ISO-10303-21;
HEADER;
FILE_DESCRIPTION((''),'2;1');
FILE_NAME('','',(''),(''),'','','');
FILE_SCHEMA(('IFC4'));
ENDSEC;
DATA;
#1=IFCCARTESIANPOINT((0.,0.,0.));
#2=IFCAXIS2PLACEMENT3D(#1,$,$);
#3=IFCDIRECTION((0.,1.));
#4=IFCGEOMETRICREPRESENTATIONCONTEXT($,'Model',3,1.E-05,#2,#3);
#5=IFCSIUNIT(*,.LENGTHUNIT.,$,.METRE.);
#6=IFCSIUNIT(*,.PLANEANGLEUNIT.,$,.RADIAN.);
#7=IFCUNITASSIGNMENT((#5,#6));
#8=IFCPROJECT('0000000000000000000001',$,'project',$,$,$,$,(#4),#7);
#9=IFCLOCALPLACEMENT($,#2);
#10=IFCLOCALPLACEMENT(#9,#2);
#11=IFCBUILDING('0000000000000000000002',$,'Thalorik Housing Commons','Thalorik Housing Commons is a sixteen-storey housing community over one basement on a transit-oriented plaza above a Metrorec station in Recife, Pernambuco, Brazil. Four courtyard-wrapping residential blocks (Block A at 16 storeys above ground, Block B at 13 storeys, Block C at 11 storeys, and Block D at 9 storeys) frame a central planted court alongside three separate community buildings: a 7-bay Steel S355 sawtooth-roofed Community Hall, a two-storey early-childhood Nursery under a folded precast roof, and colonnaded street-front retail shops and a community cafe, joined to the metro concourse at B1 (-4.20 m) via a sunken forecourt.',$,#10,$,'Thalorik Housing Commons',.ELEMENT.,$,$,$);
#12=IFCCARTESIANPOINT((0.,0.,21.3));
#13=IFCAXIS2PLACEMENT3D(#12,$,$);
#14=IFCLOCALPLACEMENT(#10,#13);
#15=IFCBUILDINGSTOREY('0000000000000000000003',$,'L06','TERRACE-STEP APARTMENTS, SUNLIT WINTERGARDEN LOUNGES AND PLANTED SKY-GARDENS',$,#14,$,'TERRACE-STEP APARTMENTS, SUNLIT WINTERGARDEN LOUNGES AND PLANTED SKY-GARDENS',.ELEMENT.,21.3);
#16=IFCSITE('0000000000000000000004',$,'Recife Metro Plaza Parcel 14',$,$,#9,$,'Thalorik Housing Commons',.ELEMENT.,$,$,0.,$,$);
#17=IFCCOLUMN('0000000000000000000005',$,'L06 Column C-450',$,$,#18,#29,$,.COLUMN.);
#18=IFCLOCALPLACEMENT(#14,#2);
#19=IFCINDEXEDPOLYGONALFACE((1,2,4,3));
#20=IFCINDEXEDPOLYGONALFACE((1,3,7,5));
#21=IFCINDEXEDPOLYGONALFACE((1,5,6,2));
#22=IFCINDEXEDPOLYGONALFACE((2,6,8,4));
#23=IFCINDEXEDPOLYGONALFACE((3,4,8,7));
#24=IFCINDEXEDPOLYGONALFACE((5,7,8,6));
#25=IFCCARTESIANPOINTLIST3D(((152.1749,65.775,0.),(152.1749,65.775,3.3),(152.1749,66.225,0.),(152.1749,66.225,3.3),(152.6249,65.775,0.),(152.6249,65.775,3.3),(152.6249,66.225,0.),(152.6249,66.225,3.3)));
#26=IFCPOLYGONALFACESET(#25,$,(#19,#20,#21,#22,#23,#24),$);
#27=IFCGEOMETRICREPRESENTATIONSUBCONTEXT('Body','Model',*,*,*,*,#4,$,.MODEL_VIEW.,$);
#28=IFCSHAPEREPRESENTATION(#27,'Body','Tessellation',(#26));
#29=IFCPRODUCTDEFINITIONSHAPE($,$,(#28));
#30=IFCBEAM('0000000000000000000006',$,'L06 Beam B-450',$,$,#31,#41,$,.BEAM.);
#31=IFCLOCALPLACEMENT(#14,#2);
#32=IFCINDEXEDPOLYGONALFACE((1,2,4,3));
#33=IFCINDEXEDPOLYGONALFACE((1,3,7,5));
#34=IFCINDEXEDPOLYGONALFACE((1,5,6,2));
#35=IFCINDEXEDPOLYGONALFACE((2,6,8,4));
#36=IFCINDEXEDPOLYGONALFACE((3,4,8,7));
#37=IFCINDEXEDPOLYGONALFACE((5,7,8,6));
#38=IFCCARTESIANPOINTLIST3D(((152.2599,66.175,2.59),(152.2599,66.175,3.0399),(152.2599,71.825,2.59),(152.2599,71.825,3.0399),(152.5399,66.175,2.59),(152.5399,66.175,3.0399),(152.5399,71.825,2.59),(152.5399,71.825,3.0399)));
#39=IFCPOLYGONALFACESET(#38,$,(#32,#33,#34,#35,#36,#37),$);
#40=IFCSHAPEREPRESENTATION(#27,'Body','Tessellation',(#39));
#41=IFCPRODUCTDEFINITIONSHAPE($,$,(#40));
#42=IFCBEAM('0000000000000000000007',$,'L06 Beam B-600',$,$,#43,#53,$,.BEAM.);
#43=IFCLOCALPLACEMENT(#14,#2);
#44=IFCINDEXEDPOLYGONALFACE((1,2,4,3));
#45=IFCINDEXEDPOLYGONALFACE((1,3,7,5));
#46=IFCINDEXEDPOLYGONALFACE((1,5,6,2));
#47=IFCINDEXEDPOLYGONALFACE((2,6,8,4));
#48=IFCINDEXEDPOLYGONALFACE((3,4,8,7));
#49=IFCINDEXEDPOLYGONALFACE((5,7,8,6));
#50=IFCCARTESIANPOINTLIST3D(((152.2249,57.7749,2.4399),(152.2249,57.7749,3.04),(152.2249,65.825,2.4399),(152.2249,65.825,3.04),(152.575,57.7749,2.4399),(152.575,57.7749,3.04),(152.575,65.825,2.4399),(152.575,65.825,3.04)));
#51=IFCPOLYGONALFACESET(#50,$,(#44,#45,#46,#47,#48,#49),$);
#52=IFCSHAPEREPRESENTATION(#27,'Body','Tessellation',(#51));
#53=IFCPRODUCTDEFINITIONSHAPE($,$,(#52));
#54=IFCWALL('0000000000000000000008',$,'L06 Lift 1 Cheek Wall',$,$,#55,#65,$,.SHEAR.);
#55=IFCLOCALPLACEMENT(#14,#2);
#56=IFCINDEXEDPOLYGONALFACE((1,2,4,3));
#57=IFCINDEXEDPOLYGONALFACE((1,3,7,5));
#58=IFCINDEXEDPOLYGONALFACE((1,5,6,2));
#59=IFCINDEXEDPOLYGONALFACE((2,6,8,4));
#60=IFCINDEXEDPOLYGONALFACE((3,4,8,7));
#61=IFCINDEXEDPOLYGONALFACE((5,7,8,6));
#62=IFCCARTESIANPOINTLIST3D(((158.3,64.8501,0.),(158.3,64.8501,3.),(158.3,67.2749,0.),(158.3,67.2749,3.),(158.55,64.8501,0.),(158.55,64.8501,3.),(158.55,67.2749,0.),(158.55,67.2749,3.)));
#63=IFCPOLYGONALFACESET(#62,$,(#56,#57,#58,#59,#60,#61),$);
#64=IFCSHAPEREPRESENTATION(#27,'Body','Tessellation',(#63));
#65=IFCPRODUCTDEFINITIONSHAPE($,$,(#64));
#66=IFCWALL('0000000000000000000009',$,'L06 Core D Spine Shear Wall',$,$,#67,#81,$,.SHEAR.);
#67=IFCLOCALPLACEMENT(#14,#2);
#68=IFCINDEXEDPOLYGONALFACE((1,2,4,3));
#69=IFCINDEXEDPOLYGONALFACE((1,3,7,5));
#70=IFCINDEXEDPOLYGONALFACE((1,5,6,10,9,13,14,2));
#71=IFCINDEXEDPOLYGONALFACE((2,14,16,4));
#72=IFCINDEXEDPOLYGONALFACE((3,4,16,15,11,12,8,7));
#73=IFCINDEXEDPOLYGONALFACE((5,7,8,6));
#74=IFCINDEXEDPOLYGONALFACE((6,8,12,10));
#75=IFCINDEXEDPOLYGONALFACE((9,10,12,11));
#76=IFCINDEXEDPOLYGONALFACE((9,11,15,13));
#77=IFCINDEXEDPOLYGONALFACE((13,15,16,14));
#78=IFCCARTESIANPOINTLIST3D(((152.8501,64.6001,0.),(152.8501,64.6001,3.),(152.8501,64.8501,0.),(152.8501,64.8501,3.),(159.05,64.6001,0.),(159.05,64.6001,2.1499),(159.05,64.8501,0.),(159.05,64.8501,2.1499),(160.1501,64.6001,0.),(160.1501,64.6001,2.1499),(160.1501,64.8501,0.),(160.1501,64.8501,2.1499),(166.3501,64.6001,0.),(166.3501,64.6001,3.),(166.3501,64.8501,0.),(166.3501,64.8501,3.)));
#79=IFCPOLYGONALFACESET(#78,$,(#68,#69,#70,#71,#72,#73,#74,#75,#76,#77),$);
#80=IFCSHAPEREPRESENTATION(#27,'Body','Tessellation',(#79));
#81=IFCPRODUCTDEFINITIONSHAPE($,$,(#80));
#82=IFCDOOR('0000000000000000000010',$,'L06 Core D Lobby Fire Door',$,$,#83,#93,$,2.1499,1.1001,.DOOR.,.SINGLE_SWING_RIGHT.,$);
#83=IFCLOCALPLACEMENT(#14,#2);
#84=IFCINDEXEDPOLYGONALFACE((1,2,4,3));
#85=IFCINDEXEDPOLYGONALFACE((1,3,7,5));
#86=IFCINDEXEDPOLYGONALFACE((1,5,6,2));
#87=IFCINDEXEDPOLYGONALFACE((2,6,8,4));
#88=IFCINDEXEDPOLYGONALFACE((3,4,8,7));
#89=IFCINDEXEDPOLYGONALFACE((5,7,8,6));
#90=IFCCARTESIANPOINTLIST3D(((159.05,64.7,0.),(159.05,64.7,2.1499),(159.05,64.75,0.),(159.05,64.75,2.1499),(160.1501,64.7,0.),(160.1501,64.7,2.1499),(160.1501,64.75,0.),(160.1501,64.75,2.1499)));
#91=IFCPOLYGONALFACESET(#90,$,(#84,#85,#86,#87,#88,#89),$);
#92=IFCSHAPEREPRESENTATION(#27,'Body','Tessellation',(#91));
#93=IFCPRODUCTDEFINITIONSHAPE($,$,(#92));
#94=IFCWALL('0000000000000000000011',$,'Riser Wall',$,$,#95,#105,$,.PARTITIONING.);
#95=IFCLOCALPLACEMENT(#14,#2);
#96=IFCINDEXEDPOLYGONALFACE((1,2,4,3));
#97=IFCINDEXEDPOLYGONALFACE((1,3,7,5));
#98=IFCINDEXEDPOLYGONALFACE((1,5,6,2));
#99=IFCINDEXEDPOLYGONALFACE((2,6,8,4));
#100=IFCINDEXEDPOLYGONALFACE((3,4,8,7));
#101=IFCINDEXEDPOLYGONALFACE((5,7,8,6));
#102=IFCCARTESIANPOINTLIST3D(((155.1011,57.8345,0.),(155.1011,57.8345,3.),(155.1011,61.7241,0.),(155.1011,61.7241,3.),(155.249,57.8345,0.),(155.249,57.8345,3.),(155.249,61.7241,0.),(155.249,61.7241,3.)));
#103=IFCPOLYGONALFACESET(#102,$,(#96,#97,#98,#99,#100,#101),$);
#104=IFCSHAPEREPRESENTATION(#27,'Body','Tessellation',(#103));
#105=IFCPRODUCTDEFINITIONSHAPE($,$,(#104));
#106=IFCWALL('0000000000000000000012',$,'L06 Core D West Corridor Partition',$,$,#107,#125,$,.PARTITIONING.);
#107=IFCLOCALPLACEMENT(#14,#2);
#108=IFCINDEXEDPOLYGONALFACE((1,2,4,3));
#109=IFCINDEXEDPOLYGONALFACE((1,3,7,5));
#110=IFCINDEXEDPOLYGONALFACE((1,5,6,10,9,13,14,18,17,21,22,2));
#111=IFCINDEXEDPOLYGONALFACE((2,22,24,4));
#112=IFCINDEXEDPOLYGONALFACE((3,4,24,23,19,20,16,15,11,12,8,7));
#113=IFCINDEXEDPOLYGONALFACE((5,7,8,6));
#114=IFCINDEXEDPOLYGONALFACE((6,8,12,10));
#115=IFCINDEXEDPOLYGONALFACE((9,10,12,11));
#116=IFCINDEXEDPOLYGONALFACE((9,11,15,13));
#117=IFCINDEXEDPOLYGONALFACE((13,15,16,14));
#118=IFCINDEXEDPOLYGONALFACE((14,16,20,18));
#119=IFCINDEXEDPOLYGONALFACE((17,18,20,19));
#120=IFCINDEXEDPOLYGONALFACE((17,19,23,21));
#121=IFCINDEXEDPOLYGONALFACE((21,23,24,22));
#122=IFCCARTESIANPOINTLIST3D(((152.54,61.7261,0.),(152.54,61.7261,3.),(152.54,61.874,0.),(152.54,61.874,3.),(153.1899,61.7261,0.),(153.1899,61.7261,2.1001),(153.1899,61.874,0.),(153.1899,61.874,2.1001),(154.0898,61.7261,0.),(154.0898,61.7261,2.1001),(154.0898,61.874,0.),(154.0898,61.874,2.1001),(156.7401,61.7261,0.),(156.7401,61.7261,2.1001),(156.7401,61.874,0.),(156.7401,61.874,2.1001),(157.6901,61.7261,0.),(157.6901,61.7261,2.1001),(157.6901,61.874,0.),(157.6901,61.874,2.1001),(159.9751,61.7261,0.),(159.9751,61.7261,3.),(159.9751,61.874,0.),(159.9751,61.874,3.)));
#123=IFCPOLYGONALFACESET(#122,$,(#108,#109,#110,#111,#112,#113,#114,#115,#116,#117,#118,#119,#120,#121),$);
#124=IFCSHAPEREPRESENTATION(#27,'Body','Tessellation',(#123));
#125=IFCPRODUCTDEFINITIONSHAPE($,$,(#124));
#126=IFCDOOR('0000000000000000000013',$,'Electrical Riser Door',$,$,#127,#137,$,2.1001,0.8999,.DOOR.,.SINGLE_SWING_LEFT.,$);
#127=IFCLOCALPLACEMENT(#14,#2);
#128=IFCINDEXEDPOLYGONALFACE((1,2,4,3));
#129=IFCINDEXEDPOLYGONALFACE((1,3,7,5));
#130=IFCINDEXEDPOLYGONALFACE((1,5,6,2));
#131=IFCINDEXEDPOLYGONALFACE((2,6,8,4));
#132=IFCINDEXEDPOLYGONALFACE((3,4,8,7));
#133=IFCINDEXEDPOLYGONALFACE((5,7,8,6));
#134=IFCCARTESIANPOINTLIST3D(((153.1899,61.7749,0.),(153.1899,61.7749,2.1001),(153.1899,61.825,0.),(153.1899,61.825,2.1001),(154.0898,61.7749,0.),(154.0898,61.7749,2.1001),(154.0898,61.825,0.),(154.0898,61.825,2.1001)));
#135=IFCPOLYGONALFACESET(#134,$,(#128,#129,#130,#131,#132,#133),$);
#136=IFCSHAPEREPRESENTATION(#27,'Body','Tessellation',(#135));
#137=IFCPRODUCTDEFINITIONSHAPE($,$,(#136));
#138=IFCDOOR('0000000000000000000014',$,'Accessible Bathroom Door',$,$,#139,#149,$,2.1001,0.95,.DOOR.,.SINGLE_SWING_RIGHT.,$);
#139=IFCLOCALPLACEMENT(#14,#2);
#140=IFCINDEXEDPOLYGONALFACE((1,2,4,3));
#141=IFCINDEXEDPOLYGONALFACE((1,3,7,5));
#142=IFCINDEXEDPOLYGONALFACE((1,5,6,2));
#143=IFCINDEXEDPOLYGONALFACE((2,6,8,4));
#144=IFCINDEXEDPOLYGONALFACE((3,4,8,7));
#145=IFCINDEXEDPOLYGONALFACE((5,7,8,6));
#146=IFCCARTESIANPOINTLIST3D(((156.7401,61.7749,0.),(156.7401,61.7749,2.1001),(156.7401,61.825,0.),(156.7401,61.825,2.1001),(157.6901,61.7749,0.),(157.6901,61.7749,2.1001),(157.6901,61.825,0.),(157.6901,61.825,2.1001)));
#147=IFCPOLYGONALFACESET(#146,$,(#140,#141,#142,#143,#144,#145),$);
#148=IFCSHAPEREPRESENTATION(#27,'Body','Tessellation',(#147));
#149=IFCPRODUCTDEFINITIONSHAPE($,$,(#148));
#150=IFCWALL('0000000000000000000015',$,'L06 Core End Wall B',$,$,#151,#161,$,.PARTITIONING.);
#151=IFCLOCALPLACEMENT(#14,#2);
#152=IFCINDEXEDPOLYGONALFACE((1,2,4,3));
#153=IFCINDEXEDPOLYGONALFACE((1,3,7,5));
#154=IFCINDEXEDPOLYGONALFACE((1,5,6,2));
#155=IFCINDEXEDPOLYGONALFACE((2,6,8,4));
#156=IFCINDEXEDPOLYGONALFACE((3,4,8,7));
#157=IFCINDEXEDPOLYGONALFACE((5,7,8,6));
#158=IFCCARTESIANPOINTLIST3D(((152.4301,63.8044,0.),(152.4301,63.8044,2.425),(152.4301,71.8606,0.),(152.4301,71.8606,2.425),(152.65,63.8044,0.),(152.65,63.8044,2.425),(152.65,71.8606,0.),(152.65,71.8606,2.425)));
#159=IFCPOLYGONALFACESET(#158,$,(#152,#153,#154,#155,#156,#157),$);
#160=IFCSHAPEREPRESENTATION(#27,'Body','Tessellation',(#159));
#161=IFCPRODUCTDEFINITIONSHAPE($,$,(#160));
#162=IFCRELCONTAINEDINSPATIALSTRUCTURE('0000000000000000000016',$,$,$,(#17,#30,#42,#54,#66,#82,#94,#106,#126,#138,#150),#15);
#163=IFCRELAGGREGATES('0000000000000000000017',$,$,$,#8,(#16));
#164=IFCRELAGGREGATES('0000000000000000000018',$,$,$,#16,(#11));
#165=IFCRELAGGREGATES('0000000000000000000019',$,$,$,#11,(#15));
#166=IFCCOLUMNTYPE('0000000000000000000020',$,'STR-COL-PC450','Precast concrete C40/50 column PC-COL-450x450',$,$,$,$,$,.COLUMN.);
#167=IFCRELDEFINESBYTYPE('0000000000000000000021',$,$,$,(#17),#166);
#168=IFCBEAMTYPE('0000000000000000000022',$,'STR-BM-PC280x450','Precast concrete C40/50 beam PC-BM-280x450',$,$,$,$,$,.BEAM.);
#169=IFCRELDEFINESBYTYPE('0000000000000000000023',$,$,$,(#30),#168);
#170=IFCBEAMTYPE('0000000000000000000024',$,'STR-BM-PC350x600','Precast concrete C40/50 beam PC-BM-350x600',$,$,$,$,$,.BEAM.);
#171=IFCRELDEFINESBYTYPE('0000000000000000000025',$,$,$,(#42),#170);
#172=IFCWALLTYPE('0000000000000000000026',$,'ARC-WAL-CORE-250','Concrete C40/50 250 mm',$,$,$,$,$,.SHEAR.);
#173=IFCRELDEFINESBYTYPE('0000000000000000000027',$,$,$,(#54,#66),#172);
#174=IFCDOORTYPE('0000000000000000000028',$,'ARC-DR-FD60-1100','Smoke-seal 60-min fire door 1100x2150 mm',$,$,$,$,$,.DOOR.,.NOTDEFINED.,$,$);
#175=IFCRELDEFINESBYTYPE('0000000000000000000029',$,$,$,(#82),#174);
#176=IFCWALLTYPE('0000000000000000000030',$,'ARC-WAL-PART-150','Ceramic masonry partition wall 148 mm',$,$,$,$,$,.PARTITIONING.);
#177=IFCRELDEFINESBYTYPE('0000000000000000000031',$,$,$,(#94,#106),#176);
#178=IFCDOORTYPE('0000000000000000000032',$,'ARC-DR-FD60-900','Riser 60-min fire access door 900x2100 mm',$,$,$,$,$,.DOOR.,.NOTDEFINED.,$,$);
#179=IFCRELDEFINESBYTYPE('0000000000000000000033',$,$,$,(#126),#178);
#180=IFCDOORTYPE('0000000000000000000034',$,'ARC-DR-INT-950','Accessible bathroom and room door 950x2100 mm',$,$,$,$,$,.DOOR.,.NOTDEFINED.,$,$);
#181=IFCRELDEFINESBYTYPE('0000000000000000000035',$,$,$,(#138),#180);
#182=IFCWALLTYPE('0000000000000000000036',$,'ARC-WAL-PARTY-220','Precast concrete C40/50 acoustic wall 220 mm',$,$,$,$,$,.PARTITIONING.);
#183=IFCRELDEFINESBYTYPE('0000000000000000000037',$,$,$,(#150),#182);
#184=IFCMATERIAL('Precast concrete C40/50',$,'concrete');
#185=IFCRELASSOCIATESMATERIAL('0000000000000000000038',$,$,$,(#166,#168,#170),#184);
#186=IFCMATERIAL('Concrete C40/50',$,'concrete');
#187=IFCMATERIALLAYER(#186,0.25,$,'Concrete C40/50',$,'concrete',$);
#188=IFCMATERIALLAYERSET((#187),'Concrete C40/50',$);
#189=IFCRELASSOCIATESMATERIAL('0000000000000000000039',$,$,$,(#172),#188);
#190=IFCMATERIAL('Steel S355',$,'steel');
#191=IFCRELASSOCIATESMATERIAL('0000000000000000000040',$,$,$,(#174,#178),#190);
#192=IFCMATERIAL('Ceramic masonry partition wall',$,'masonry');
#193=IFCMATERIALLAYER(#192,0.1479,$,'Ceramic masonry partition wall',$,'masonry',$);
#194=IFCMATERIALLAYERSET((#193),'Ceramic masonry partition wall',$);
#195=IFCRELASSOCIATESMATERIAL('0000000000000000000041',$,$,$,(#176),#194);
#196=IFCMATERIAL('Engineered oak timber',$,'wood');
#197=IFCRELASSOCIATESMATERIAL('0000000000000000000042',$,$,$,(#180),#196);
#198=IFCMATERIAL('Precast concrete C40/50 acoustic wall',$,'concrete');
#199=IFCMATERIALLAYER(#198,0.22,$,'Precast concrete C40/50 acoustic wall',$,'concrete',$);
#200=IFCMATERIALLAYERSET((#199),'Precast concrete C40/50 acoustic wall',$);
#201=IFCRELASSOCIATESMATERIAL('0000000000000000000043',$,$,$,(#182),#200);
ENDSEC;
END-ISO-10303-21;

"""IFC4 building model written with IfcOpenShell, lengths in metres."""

from ifc_helpers import new_model, si_unit, direction, frame, frame_2d, origin, origin_2d, place, context, subcontext, project, spatial, rectangle, extrude, material, layer, layer_set, material_profile, profile_set, type_object, element, fill, save


model = new_model("IFC4")

# Units and contexts
model_context = context("Model", 3, precision=1e-05, world=origin(), true_north=direction((0.0, 1.0)))
body_context = subcontext(model_context, "Body", "Model", "MODEL_VIEW")
ifc_project = project(units=[si_unit("LENGTHUNIT", "METRE"), si_unit("PLANEANGLEUNIT", "RADIAN")], contexts=[model_context])

# Site, building, storey
site_placement = place(None, origin())
site = spatial("IfcSite", under=ifc_project, at=site_placement, Name="Recife Metro Plaza Parcel 14", LongName="Thalorik Housing Commons", CompositionType="ELEMENT", RefElevation=0.0)
building_placement = place(site_placement, origin())
building = spatial("IfcBuilding", under=site, at=building_placement, Name="Thalorik Housing Commons", Description="Thalorik Housing Commons is a sixteen-storey housing community over one basement on a transit-oriented plaza above a Metrorec station in Recife, Pernambuco, Brazil. Four courtyard-wrapping residential blocks (Block A at 16 storeys above ground, Block B at 13 storeys, Block C at 11 storeys, and Block D at 9 storeys) frame a central planted court alongside three separate community buildings: a 7-bay Steel S355 sawtooth-roofed Community Hall, a two-storey early-childhood Nursery under a folded precast roof, and colonnaded street-front retail shops and a community cafe, joined to the metro concourse at B1 (-4.20 m) via a sunken forecourt.", LongName="Thalorik Housing Commons", CompositionType="ELEMENT")
storey_placement = place(building_placement, frame((0.0, 0.0, 21.3)))
storey = spatial("IfcBuildingStorey", under=building, at=storey_placement, Name="L06", Description="TERRACE-STEP APARTMENTS, SUNLIT WINTERGARDEN LOUNGES AND PLANTED SKY-GARDENS", LongName="TERRACE-STEP APARTMENTS, SUNLIT WINTERGARDEN LOUNGES AND PLANTED SKY-GARDENS", CompositionType="ELEMENT", Elevation=21.3)

# Column
ifc_material_1 = material(Name="Precast concrete C40/50", Category="concrete")
ifc_material_profile_1 = material_profile(ifc_material_1, rectangle(XDim=0.45, YDim=0.45, at=origin_2d()), Name="PC 450x450", Category="concrete")
ifc_profile_set_1 = profile_set([ifc_material_profile_1], Name="Precast concrete C40/50")
column_type = type_object("IfcColumnType", Name="STR-COL-PC450", Description="Precast concrete C40/50 column PC-COL-450x450", PredefinedType="COLUMN", material=ifc_profile_set_1)
column_placement = place(storey_placement, frame((152.3999, 66.0, 0.0), z_axis=(0.0, 0.0, 1.0), x_axis=(1.0, 0.0, 0.0)))
element("IfcColumn", 1, at=column_placement, inside=storey, type_object=column_type, Name="L06 Column C-450", PredefinedType="COLUMN", context=body_context, shape_type="SweptSolid", body=[
    extrude(rectangle(XDim=0.45, YDim=0.45, at=origin_2d()), origin(), (0.0, 0.0, 1.0), 3.3),
])

# Beams
ifc_material_profile_2 = material_profile(ifc_material_1, rectangle(XDim=0.28, YDim=0.45, at=origin_2d()), Name="PC 280x450", Category="concrete")
ifc_profile_set_2 = profile_set([ifc_material_profile_2], Name="Precast concrete C40/50")
beam_type_1 = type_object("IfcBeamType", Name="STR-BM-PC280x450", Description="Precast concrete C40/50 beam PC-BM-280x450", PredefinedType="BEAM", material=ifc_profile_set_2)
beam_1_placement = place(storey_placement, frame((152.3999, 66.175, 2.8149), z_axis=(0.0, 1.0, 0.0), x_axis=(-1.0, 0.0, 0.0)))
element("IfcBeam", 2, at=beam_1_placement, inside=storey, type_object=beam_type_1, Name="L06 Beam B-450", PredefinedType="BEAM", context=body_context, shape_type="SweptSolid", body=[
    extrude(rectangle(XDim=0.28, YDim=0.45, at=origin_2d()), origin(), (0.0, 0.0, 1.0), 5.6499),
])
ifc_material_profile_3 = material_profile(ifc_material_1, rectangle(XDim=0.3501, YDim=0.6001, at=origin_2d()), Name="PC 350x600", Category="concrete")
ifc_profile_set_3 = profile_set([ifc_material_profile_3], Name="Precast concrete C40/50")
beam_type_2 = type_object("IfcBeamType", Name="STR-BM-PC350x600", Description="Precast concrete C40/50 beam PC-BM-350x600", PredefinedType="BEAM", material=ifc_profile_set_3)
beam_2_placement = place(storey_placement, frame((152.3999, 57.7749, 2.74), z_axis=(0.0, 1.0, 0.0), x_axis=(-1.0, 0.0, 0.0)))
element("IfcBeam", 3, at=beam_2_placement, inside=storey, type_object=beam_type_2, Name="L06 Beam B-600", PredefinedType="BEAM", context=body_context, shape_type="SweptSolid", body=[
    extrude(rectangle(XDim=0.3501, YDim=0.6001, at=origin_2d()), origin(), (0.0, 0.0, 1.0), 8.05),
])

# Shared definitions
ifc_material_2 = material(Name="Concrete C40/50", Category="concrete")
ifc_layer_1 = layer(ifc_material_2, 0.25, Name="Concrete C40/50", Category="concrete")
ifc_layer_set_1 = layer_set([ifc_layer_1], Name="Concrete C40/50")
wall_type_1 = type_object("IfcWallType", Name="ARC-WAL-CORE-250", Description="Concrete C40/50 250 mm", PredefinedType="SHEAR", material=ifc_layer_set_1)
ifc_material_3 = material(Name="Steel S355", Category="steel")

# Wall
wall_1_placement = place(storey_placement, frame((158.425, 67.2749, 0.0), z_axis=(0.0, 0.0, 1.0), x_axis=(0.0, -1.0, 0.0)))
element("IfcWall", 4, at=wall_1_placement, inside=storey, type_object=wall_type_1, Name="L06 Lift 1 Cheek Wall", PredefinedType="SHEAR", context=body_context, shape_type="SweptSolid", body=[
    extrude(rectangle(XDim=2.4248, YDim=0.25, at=frame_2d((1.2124, 0.0))), origin(), (0.0, 0.0, 1.0), 3.0),
])

# Wall, opening, door
wall_2_placement = place(storey_placement, frame((152.8501, 64.7251, 0.0), z_axis=(0.0, 0.0, 1.0), x_axis=(1.0, 0.0, 0.0)))
wall_2 = element("IfcWall", 5, at=wall_2_placement, inside=storey, type_object=wall_type_1, Name="L06 Core D Spine Shear Wall", PredefinedType="SHEAR", context=body_context, shape_type="SweptSolid", body=[
    extrude(rectangle(XDim=13.5, YDim=0.25, at=frame_2d((6.75, 0.0))), origin(), (0.0, 0.0, 1.0), 3.0),
])
opening_1_placement = place(wall_2_placement, frame((6.2, 0.0, 0.0)))
opening_1 = element("IfcOpeningElement", 6, at=opening_1_placement, cuts=wall_2, PredefinedType="OPENING", context=body_context, shape_type="SweptSolid", body=[
    extrude(rectangle(XDim=1.1001, YDim=2.1499, at=frame_2d((0.55, 1.075))), frame((0.0, 0.135, 0.0), z_axis=(0.0, -1.0, 0.0), x_axis=(1.0, 0.0, 0.0)), (0.0, 0.0, 1.0), 0.27),
])
door_type_1 = type_object("IfcDoorType", Name="ARC-DR-FD60-1100", Description="Smoke-seal 60-min fire door 1100x2150 mm", OperationType="NOTDEFINED", PredefinedType="DOOR", material=ifc_material_3)
door_1_placement = place(opening_1_placement, origin())
door_1 = element("IfcDoor", 7, at=door_1_placement, inside=storey, type_object=door_type_1, Name="L06 Core D Lobby Fire Door", OperationType="SINGLE_SWING_RIGHT", OverallHeight=2.1499, OverallWidth=1.1001, PredefinedType="DOOR", context=body_context, shape_type="SweptSolid", body=[
    extrude(rectangle(XDim=1.1001, YDim=2.1499, at=frame_2d((0.55, 1.075))), frame((0.0, 0.0249, 0.0), z_axis=(0.0, -1.0, 0.0), x_axis=(1.0, 0.0, 0.0)), (0.0, 0.0, 1.0), 0.05),
])
fill(opening_1, door_1)

# Wall
ifc_material_4 = material(Name="Ceramic masonry partition wall", Category="masonry")
ifc_layer_2 = layer(ifc_material_4, 0.1479, Name="Ceramic masonry partition wall", Category="masonry")
ifc_layer_set_2 = layer_set([ifc_layer_2], Name="Ceramic masonry partition wall")
wall_type_2 = type_object("IfcWallType", Name="ARC-WAL-PART-150", Description="Ceramic masonry partition wall 148 mm", PredefinedType="PARTITIONING", material=ifc_layer_set_2)
wall_3_placement = place(storey_placement, frame((155.175, 61.7241, 0.0), z_axis=(0.0, 0.0, 1.0), x_axis=(0.0, -1.0, 0.0)))
element("IfcWall", 8, at=wall_3_placement, inside=storey, type_object=wall_type_2, Name="Riser Wall", PredefinedType="PARTITIONING", context=body_context, shape_type="SweptSolid", body=[
    extrude(rectangle(XDim=3.8896, YDim=0.1479, at=frame_2d((1.9448, 0.0))), origin(), (0.0, 0.0, 1.0), 3.0),
])

# Wall, openings, doors
wall_4_placement = place(storey_placement, frame((152.54, 61.8, 0.0), z_axis=(0.0, 0.0, 1.0), x_axis=(1.0, 0.0, 0.0)))
wall_4 = element("IfcWall", 9, at=wall_4_placement, inside=storey, type_object=wall_type_2, Name="L06 Core D West Corridor Partition", PredefinedType="PARTITIONING", context=body_context, shape_type="SweptSolid", body=[
    extrude(rectangle(XDim=7.4351, YDim=0.1479, at=frame_2d((3.7175, 0.0))), origin(), (0.0, 0.0, 1.0), 3.0),
])
opening_2_placement = place(wall_4_placement, frame((0.6499, 0.0, 0.0)))
opening_2 = element("IfcOpeningElement", 10, at=opening_2_placement, cuts=wall_4, PredefinedType="OPENING", context=body_context, shape_type="SweptSolid", body=[
    extrude(rectangle(XDim=0.8999, YDim=2.1001, at=frame_2d((0.45, 1.05))), frame((0.0, 0.084, 0.0), z_axis=(0.0, -1.0, 0.0), x_axis=(1.0, 0.0, 0.0)), (0.0, 0.0, 1.0), 0.168),
])
opening_3_placement = place(wall_4_placement, frame((4.2, 0.0, 0.0)))
opening_3 = element("IfcOpeningElement", 11, at=opening_3_placement, cuts=wall_4, PredefinedType="OPENING", context=body_context, shape_type="SweptSolid", body=[
    extrude(rectangle(XDim=0.95, YDim=2.1001, at=frame_2d((0.4751, 1.05))), frame((0.0, 0.084, 0.0), z_axis=(0.0, -1.0, 0.0), x_axis=(1.0, 0.0, 0.0)), (0.0, 0.0, 1.0), 0.168),
])
door_type_2 = type_object("IfcDoorType", Name="ARC-DR-FD60-900", Description="Riser 60-min fire access door 900x2100 mm", OperationType="NOTDEFINED", PredefinedType="DOOR", material=ifc_material_3)
door_2_placement = place(opening_2_placement, origin())
door_2 = element("IfcDoor", 12, at=door_2_placement, inside=storey, type_object=door_type_2, Name="Electrical Riser Door", OperationType="SINGLE_SWING_LEFT", OverallHeight=2.1001, OverallWidth=0.8999, PredefinedType="DOOR", context=body_context, shape_type="SweptSolid", body=[
    extrude(rectangle(XDim=0.8999, YDim=2.1001, at=frame_2d((0.45, 1.05))), frame((0.0, 0.0249, 0.0), z_axis=(0.0, -1.0, 0.0), x_axis=(1.0, 0.0, 0.0)), (0.0, 0.0, 1.0), 0.05),
])
fill(opening_2, door_2)
ifc_material_5 = material(Name="Engineered oak timber", Category="wood")
door_type_3 = type_object("IfcDoorType", Name="ARC-DR-INT-950", Description="Accessible bathroom and room door 950x2100 mm", OperationType="NOTDEFINED", PredefinedType="DOOR", material=ifc_material_5)
door_3_placement = place(opening_3_placement, origin())
door_3 = element("IfcDoor", 13, at=door_3_placement, inside=storey, type_object=door_type_3, Name="Accessible Bathroom Door", OperationType="SINGLE_SWING_RIGHT", OverallHeight=2.1001, OverallWidth=0.95, PredefinedType="DOOR", context=body_context, shape_type="SweptSolid", body=[
    extrude(rectangle(XDim=0.95, YDim=2.1001, at=frame_2d((0.4751, 1.05))), frame((0.0, 0.0249, 0.0), z_axis=(0.0, -1.0, 0.0), x_axis=(1.0, 0.0, 0.0)), (0.0, 0.0, 1.0), 0.05),
])
fill(opening_3, door_3)

# Wall
ifc_material_6 = material(Name="Precast concrete C40/50 acoustic wall", Category="concrete")
ifc_layer_3 = layer(ifc_material_6, 0.22, Name="Precast concrete C40/50 acoustic wall", Category="concrete")
ifc_layer_set_3 = layer_set([ifc_layer_3], Name="Precast concrete C40/50 acoustic wall")
wall_type_3 = type_object("IfcWallType", Name="ARC-WAL-PARTY-220", Description="Precast concrete C40/50 acoustic wall 220 mm", PredefinedType="PARTITIONING", material=ifc_layer_set_3)
wall_5_placement = place(storey_placement, frame((152.54, 63.8044, 0.0), z_axis=(0.0, 0.0, 1.0), x_axis=(0.0, 1.0, 0.0)))
element("IfcWall", 14, at=wall_5_placement, inside=storey, type_object=wall_type_3, Name="L06 Core End Wall B", PredefinedType="PARTITIONING", context=body_context, shape_type="SweptSolid", body=[
    extrude(rectangle(XDim=8.0562, YDim=0.22, at=frame_2d((4.0281, 0.0))), origin(), (0.0, 0.0, 1.0), 2.425),
])

save(model, "model.ifc")
